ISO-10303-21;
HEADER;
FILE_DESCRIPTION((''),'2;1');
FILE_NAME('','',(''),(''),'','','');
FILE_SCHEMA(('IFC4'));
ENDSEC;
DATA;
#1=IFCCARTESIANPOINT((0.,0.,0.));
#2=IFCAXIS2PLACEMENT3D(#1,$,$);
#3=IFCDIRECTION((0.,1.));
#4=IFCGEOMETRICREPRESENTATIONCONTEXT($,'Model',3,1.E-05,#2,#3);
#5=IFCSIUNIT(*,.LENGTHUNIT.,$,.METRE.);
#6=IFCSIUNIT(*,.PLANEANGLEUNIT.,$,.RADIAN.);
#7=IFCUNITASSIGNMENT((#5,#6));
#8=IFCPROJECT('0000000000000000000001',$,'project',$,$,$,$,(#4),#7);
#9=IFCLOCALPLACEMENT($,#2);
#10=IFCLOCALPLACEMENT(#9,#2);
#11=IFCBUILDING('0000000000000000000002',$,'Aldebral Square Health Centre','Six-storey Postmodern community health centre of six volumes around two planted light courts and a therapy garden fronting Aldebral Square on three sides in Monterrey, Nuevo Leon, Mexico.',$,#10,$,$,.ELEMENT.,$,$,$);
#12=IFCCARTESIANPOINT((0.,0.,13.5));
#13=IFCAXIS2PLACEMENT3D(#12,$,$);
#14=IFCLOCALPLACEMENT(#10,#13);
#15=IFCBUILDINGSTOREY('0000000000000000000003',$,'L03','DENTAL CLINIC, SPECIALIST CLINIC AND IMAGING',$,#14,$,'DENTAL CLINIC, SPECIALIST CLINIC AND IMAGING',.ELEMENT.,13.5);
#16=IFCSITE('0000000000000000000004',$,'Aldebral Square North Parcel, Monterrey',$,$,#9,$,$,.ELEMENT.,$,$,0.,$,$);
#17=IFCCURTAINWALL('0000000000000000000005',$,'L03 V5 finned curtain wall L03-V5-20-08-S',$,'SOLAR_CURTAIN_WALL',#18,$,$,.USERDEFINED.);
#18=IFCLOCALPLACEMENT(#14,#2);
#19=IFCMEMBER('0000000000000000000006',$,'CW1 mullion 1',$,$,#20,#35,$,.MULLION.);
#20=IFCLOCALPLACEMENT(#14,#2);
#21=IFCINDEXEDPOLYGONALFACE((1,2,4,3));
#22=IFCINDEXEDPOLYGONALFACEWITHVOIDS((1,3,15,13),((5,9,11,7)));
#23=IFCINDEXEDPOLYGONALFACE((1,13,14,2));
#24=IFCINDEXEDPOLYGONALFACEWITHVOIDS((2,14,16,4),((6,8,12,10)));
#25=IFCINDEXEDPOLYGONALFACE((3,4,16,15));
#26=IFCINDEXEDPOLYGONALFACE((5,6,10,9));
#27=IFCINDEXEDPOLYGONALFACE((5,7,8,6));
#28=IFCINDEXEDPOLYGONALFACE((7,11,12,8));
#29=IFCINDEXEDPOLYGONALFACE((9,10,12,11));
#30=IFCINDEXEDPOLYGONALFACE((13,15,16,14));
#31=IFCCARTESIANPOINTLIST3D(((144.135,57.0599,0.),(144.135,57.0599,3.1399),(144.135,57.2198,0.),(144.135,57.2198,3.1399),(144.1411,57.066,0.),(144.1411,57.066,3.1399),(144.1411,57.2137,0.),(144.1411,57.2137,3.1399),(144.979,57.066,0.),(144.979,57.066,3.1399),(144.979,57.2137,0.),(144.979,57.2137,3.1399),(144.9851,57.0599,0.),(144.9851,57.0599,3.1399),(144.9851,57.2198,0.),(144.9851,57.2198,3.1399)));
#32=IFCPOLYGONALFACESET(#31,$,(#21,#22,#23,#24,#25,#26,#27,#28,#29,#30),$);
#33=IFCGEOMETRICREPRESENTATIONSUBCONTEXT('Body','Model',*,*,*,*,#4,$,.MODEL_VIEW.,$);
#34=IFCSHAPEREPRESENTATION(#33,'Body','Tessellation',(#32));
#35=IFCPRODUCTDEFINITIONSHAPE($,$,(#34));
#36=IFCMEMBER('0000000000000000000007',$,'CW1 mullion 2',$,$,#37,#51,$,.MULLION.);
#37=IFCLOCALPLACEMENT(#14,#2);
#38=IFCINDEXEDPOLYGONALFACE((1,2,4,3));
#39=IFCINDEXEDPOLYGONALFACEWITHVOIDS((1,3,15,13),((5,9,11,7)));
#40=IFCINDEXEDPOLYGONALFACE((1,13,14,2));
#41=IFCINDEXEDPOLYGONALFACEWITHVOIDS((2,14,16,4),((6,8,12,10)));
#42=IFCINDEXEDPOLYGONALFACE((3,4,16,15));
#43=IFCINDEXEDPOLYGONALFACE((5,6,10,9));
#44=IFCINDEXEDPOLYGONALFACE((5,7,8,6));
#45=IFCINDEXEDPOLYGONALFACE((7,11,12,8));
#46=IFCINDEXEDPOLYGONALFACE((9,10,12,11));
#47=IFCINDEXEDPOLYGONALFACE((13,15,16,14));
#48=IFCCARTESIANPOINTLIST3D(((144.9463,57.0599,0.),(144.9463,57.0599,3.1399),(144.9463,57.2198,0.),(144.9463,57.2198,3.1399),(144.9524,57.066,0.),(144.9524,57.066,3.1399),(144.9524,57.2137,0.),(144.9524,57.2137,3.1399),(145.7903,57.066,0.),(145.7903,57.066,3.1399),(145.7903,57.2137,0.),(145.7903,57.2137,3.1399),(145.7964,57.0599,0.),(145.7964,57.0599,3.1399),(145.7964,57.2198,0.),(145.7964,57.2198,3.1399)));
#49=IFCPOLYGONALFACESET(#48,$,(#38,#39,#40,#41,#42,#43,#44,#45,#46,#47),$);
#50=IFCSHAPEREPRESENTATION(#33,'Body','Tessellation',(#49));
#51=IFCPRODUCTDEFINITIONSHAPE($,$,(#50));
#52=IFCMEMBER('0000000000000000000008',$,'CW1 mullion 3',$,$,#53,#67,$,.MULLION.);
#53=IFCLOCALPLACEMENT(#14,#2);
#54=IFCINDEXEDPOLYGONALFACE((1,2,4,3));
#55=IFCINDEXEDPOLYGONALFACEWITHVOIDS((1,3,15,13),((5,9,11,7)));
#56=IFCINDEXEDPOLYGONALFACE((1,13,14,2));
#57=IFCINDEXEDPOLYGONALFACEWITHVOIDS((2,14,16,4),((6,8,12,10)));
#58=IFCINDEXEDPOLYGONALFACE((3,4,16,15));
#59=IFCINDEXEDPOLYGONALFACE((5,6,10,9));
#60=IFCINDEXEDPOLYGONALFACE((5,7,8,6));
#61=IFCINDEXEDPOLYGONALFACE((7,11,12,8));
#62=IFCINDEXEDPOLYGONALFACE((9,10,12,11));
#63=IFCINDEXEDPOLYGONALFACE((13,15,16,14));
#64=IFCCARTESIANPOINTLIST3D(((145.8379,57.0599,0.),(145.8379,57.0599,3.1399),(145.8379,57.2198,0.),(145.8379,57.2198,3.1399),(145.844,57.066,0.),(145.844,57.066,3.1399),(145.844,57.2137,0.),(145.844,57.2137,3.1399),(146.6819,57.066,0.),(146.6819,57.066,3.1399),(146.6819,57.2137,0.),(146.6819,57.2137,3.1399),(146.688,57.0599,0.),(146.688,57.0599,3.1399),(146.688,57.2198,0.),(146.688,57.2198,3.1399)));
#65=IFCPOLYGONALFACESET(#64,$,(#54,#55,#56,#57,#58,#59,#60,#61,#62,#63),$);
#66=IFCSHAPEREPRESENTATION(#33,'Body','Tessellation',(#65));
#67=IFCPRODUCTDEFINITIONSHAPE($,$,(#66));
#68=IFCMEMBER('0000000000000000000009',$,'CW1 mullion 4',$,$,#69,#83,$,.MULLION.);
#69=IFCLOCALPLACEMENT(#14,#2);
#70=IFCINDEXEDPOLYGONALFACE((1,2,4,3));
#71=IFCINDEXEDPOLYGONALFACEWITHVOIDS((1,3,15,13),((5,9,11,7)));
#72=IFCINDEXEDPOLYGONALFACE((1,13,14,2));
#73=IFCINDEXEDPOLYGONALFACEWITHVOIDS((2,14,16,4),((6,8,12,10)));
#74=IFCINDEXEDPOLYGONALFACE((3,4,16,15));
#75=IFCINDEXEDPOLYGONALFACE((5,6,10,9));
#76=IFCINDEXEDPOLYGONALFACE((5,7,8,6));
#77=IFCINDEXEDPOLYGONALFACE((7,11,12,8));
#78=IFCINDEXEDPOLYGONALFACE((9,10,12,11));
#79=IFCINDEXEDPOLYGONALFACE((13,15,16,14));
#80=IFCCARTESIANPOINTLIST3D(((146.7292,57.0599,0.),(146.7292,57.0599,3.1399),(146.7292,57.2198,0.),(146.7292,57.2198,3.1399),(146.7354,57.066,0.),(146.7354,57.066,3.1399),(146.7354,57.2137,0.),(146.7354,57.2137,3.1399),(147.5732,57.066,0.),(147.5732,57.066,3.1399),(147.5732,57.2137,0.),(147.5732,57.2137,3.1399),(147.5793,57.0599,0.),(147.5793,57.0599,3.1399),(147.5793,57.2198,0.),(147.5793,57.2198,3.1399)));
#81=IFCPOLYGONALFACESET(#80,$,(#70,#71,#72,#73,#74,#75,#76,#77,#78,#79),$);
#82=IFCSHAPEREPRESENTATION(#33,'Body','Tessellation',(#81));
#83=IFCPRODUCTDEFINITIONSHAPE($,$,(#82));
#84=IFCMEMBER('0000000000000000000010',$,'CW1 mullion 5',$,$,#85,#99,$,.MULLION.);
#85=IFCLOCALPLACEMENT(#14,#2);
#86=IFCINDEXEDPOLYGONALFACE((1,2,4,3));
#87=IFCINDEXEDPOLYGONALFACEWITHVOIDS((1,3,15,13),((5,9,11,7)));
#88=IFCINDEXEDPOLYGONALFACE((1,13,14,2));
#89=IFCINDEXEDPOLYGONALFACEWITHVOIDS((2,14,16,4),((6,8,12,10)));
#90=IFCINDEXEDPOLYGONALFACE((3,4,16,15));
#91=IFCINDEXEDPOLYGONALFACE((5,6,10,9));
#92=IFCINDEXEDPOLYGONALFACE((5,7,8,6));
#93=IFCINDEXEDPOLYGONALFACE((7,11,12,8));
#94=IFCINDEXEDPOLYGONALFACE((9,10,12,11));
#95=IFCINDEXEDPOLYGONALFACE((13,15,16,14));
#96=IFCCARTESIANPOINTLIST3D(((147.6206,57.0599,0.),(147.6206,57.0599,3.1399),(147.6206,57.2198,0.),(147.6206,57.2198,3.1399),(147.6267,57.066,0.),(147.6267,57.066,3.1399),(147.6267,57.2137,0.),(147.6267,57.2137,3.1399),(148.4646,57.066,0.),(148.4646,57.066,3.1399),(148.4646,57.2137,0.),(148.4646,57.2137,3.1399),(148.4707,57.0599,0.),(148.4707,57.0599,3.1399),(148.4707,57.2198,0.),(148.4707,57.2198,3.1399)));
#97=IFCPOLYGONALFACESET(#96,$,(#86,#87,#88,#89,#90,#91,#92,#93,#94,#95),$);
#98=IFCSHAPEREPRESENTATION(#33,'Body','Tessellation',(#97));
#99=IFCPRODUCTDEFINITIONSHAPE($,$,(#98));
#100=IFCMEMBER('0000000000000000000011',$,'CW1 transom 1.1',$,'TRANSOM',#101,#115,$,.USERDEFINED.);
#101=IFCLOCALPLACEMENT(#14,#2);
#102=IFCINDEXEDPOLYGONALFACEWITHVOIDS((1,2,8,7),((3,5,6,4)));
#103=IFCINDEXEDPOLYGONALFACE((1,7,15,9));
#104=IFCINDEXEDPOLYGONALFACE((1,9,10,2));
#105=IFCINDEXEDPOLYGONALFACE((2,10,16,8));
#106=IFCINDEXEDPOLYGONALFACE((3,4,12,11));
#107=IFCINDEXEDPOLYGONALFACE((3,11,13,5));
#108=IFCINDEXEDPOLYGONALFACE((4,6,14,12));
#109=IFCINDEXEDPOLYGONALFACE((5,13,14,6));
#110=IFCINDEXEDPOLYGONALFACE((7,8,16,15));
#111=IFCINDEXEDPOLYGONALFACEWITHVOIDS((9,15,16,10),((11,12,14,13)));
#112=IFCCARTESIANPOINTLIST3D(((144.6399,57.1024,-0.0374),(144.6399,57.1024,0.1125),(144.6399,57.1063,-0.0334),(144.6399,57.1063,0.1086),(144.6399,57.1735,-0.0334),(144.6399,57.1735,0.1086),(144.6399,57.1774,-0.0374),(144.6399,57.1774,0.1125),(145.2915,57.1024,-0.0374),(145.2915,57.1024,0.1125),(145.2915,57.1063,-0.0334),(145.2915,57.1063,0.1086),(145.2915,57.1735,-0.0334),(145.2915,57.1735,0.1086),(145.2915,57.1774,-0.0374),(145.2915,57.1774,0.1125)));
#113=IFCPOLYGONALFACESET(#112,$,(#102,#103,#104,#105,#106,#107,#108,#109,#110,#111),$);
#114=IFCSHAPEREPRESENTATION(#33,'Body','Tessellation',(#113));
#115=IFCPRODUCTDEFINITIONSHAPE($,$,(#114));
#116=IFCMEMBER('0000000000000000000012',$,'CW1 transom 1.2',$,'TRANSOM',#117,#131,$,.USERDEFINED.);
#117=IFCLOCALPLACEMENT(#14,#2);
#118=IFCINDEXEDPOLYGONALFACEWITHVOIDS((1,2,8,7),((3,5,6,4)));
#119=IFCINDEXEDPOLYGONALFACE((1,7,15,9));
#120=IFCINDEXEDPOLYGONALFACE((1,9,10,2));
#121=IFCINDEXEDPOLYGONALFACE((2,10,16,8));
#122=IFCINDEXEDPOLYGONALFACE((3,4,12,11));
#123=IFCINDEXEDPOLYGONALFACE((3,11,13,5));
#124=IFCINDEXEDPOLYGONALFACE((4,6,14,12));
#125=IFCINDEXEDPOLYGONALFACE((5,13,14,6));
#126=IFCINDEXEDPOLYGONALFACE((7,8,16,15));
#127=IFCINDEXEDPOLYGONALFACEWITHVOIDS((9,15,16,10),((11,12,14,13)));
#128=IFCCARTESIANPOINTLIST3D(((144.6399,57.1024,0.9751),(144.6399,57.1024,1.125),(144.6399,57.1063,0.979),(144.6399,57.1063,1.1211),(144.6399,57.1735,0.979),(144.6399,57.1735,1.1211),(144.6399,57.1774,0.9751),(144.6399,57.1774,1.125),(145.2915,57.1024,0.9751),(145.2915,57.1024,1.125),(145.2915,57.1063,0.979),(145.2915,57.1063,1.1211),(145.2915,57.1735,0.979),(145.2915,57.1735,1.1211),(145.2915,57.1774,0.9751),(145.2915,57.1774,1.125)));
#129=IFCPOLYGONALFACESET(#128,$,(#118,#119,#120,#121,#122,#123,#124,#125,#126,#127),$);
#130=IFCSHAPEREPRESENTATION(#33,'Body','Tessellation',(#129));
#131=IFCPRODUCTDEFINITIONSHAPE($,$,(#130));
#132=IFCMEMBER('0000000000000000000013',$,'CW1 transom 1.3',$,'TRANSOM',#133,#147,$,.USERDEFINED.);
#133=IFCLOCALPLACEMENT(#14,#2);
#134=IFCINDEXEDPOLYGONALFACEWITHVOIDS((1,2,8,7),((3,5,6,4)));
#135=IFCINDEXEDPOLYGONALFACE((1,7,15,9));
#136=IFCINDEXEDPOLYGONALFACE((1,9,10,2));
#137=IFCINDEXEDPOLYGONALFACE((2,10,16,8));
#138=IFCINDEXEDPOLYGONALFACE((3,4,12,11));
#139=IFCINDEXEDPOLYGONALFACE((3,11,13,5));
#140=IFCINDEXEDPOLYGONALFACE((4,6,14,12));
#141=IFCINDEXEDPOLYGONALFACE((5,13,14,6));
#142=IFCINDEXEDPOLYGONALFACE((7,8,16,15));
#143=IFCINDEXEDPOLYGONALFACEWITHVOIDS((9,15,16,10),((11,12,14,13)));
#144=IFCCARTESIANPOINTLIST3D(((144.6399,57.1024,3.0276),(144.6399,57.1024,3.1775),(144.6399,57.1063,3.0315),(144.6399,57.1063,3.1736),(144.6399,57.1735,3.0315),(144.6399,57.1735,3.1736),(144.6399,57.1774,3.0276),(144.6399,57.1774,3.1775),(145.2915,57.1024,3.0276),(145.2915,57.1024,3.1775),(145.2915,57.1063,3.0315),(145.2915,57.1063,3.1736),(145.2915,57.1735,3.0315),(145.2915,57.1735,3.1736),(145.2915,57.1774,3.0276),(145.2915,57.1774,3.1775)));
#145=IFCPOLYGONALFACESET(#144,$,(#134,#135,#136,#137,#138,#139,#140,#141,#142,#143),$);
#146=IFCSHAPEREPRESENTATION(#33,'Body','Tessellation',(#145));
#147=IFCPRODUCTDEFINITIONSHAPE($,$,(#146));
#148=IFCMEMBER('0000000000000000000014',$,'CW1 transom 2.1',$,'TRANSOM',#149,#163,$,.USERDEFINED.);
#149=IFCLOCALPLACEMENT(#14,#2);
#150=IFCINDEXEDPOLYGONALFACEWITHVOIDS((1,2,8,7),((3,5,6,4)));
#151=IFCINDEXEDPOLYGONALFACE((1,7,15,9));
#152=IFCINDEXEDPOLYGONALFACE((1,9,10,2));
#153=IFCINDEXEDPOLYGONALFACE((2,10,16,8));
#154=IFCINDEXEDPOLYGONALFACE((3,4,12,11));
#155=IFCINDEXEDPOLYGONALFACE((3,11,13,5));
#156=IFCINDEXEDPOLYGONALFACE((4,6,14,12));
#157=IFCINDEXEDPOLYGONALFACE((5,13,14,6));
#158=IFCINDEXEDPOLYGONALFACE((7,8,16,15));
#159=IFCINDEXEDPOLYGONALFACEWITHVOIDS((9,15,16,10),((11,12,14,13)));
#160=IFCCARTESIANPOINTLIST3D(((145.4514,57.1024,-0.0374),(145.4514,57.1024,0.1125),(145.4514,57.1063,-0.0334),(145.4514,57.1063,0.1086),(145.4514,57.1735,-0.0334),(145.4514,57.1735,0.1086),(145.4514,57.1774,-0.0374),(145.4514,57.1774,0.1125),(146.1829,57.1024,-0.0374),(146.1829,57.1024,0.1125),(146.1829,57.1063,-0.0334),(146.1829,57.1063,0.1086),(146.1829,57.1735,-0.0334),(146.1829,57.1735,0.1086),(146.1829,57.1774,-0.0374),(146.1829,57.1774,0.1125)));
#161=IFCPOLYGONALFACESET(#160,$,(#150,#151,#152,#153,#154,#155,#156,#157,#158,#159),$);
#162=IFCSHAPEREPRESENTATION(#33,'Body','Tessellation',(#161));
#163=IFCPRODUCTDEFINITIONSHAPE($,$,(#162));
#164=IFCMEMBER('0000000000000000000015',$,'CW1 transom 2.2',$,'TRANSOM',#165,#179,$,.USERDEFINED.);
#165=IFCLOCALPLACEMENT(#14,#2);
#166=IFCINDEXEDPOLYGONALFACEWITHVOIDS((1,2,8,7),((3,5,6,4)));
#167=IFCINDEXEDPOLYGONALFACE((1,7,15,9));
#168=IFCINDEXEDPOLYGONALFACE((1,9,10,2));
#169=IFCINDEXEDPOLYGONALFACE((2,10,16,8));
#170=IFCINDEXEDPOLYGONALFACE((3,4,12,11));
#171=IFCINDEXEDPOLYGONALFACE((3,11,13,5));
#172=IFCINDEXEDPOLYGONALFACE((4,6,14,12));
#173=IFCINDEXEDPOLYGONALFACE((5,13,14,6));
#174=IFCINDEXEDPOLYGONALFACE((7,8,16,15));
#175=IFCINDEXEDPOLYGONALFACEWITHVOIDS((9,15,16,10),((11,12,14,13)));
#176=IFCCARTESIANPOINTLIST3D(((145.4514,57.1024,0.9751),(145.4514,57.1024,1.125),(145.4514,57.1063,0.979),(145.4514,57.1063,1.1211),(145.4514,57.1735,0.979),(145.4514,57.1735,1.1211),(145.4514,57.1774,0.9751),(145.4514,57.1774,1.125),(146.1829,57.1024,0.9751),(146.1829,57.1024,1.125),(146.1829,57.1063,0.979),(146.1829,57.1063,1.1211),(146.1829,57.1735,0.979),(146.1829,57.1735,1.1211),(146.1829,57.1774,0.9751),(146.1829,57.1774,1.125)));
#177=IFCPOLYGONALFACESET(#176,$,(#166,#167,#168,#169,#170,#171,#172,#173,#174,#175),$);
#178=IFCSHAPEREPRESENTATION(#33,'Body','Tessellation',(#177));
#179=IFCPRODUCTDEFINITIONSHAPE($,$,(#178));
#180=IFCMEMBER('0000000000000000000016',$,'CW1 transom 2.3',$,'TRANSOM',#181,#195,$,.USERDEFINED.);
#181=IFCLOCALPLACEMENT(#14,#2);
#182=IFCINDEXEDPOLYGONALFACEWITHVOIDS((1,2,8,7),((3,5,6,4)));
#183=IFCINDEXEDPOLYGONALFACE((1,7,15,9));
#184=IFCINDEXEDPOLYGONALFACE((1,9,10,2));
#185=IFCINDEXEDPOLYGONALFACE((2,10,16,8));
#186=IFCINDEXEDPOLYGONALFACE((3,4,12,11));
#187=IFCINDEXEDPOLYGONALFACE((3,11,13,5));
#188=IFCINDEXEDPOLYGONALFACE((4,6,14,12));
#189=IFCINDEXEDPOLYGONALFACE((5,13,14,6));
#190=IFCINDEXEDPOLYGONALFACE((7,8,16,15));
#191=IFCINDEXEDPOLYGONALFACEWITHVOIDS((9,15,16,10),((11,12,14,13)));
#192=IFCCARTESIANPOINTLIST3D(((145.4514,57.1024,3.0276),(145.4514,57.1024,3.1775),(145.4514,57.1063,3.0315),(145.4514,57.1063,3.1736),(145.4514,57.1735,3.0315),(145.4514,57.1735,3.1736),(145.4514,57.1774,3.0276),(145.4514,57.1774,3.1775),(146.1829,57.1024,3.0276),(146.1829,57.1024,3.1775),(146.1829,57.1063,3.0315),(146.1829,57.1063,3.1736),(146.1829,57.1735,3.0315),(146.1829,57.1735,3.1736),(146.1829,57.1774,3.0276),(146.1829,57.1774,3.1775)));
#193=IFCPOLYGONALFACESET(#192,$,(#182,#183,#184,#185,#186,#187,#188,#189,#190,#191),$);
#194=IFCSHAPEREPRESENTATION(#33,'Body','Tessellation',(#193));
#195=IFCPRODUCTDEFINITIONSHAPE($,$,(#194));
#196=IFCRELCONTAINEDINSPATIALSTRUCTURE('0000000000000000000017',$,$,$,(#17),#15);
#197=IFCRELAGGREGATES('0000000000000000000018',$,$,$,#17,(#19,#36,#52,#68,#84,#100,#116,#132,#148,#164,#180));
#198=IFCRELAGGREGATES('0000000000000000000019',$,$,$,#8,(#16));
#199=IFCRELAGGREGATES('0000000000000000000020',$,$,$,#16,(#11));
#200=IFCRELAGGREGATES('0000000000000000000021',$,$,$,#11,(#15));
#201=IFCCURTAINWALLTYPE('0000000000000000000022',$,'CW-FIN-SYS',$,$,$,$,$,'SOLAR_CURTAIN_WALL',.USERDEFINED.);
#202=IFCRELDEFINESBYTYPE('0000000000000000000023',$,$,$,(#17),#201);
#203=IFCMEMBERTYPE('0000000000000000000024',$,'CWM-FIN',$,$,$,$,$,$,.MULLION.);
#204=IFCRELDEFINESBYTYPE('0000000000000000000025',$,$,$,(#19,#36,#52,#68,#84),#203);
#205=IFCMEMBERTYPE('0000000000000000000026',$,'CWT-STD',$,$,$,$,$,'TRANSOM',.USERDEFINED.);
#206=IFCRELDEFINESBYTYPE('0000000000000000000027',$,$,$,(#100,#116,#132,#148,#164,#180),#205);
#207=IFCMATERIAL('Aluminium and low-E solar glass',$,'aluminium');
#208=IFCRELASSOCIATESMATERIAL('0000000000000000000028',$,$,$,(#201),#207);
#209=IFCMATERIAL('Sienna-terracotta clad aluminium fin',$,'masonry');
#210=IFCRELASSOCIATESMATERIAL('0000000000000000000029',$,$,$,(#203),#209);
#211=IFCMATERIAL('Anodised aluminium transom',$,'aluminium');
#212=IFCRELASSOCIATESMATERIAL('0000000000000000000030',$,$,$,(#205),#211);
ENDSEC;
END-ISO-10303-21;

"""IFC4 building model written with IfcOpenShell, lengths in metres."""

from ifc_helpers import new_model, si_unit, direction, frame, origin, origin_2d, place, context, subcontext, project, spatial, hollow_rectangle, extrude, material, material_profile, profile_set, type_object, element, aggregate, save


model = new_model("IFC4")

# Units and contexts
model_context = context("Model", 3, precision=1e-05, world=origin(), true_north=direction((0.0, 1.0)))
body_context = subcontext(model_context, "Body", "Model", "MODEL_VIEW")
ifc_project = project(units=[si_unit("LENGTHUNIT", "METRE"), si_unit("PLANEANGLEUNIT", "RADIAN")], contexts=[model_context])

# Site, building, storey
site_placement = place(None, origin())
site = spatial("IfcSite", under=ifc_project, at=site_placement, Name="Aldebral Square North Parcel, Monterrey", CompositionType="ELEMENT", RefElevation=0.0)
building_placement = place(site_placement, origin())
building = spatial("IfcBuilding", under=site, at=building_placement, Name="Aldebral Square Health Centre", Description="Six-storey Postmodern community health centre of six volumes around two planted light courts and a therapy garden fronting Aldebral Square on three sides in Monterrey, Nuevo Leon, Mexico.", CompositionType="ELEMENT")
storey_placement = place(building_placement, frame((0.0, 0.0, 13.5)))
storey = spatial("IfcBuildingStorey", under=building, at=storey_placement, Name="L03", Description="DENTAL CLINIC, SPECIALIST CLINIC AND IMAGING", LongName="DENTAL CLINIC, SPECIALIST CLINIC AND IMAGING", CompositionType="ELEMENT", Elevation=13.5)

# Curtain wall, members
ifc_material_1 = material(Name="Aluminium and low-E solar glass", Category="aluminium")
curtain_wall_type = type_object("IfcCurtainWallType", Name="CW-FIN-SYS", ElementType="SOLAR_CURTAIN_WALL", PredefinedType="USERDEFINED", material=ifc_material_1)
curtain_wall_placement = place(storey_placement, origin())
curtain_wall = element("IfcCurtainWall", 1, at=curtain_wall_placement, inside=storey, type_object=curtain_wall_type, Name="L03 V5 finned curtain wall L03-V5-20-08-S", ObjectType="SOLAR_CURTAIN_WALL", PredefinedType="USERDEFINED")
ifc_material_2 = material(Name="Sienna-terracotta clad aluminium fin", Category="masonry")
ifc_material_profile_1 = material_profile(ifc_material_2, hollow_rectangle(XDim=0.1599, YDim=0.8501, WallThickness=0.0061, at=origin_2d()), Name="FIN 160x850x6")
ifc_profile_set_1 = profile_set([ifc_material_profile_1], Name="Sienna-terracotta clad aluminium fin")
member_type_1 = type_object("IfcMemberType", Name="CWM-FIN", PredefinedType="MULLION", material=ifc_profile_set_1)
member_1_placement = place(storey_placement, frame((144.5601, 57.1399, 0.0), z_axis=(0.0, 0.0, 1.0), x_axis=(0.0, 1.0, 0.0)))
member_1 = element("IfcMember", 2, at=member_1_placement, type_object=member_type_1, Name="CW1 mullion 1", PredefinedType="MULLION", context=body_context, shape_type="SweptSolid", body=[
    extrude(hollow_rectangle(XDim=0.1599, YDim=0.8501, WallThickness=0.0061, at=origin_2d()), origin(), (0.0, 0.0, 1.0), 3.1399),
])
member_2_placement = place(storey_placement, frame((145.3713, 57.1399, 0.0), z_axis=(0.0, 0.0, 1.0), x_axis=(0.0, 1.0, 0.0)))
member_2 = element("IfcMember", 3, at=member_2_placement, type_object=member_type_1, Name="CW1 mullion 2", PredefinedType="MULLION", context=body_context, shape_type="SweptSolid", body=[
    extrude(hollow_rectangle(XDim=0.1599, YDim=0.8501, WallThickness=0.0061, at=origin_2d()), origin(), (0.0, 0.0, 1.0), 3.1399),
])
member_3_placement = place(storey_placement, frame((146.2629, 57.1399, 0.0), z_axis=(0.0, 0.0, 1.0), x_axis=(0.0, 1.0, 0.0)))
member_3 = element("IfcMember", 4, at=member_3_placement, type_object=member_type_1, Name="CW1 mullion 3", PredefinedType="MULLION", context=body_context, shape_type="SweptSolid", body=[
    extrude(hollow_rectangle(XDim=0.1599, YDim=0.8501, WallThickness=0.0061, at=origin_2d()), origin(), (0.0, 0.0, 1.0), 3.1399),
])
member_4_placement = place(storey_placement, frame((147.1543, 57.1399, 0.0), z_axis=(0.0, 0.0, 1.0), x_axis=(0.0, 1.0, 0.0)))
member_4 = element("IfcMember", 5, at=member_4_placement, type_object=member_type_1, Name="CW1 mullion 4", PredefinedType="MULLION", context=body_context, shape_type="SweptSolid", body=[
    extrude(hollow_rectangle(XDim=0.1599, YDim=0.8501, WallThickness=0.0061, at=origin_2d()), origin(), (0.0, 0.0, 1.0), 3.1399),
])
member_5_placement = place(storey_placement, frame((148.0457, 57.1399, 0.0), z_axis=(0.0, 0.0, 1.0), x_axis=(0.0, 1.0, 0.0)))
member_5 = element("IfcMember", 6, at=member_5_placement, type_object=member_type_1, Name="CW1 mullion 5", PredefinedType="MULLION", context=body_context, shape_type="SweptSolid", body=[
    extrude(hollow_rectangle(XDim=0.1599, YDim=0.8501, WallThickness=0.0061, at=origin_2d()), origin(), (0.0, 0.0, 1.0), 3.1399),
])
ifc_material_3 = material(Name="Anodised aluminium transom", Category="aluminium")
ifc_material_profile_2 = material_profile(ifc_material_3, hollow_rectangle(XDim=0.075, YDim=0.1499, WallThickness=0.0039, at=origin_2d()), Name="CWT 75x150x4")
ifc_profile_set_2 = profile_set([ifc_material_profile_2], Name="Anodised aluminium transom")
member_type_2 = type_object("IfcMemberType", Name="CWT-STD", ElementType="TRANSOM", PredefinedType="USERDEFINED", material=ifc_profile_set_2)
member_6_placement = place(storey_placement, frame((144.6399, 57.1399, 0.0376), z_axis=(1.0, 0.0, 0.0), x_axis=(0.0, 1.0, 0.0)))
member_6 = element("IfcMember", 7, at=member_6_placement, type_object=member_type_2, Name="CW1 transom 1.1", ObjectType="TRANSOM", PredefinedType="USERDEFINED", context=body_context, shape_type="SweptSolid", body=[
    extrude(hollow_rectangle(XDim=0.075, YDim=0.1499, WallThickness=0.0039, at=origin_2d()), origin(), (0.0, 0.0, 1.0), 0.6516),
])
member_7_placement = place(storey_placement, frame((144.6399, 57.1399, 1.05), z_axis=(1.0, 0.0, 0.0), x_axis=(0.0, 1.0, 0.0)))
member_7 = element("IfcMember", 8, at=member_7_placement, type_object=member_type_2, Name="CW1 transom 1.2", ObjectType="TRANSOM", PredefinedType="USERDEFINED", context=body_context, shape_type="SweptSolid", body=[
    extrude(hollow_rectangle(XDim=0.075, YDim=0.1499, WallThickness=0.0039, at=origin_2d()), origin(), (0.0, 0.0, 1.0), 0.6516),
])
member_8_placement = place(storey_placement, frame((144.6399, 57.1399, 3.1025), z_axis=(1.0, 0.0, 0.0), x_axis=(0.0, 1.0, 0.0)))
member_8 = element("IfcMember", 9, at=member_8_placement, type_object=member_type_2, Name="CW1 transom 1.3", ObjectType="TRANSOM", PredefinedType="USERDEFINED", context=body_context, shape_type="SweptSolid", body=[
    extrude(hollow_rectangle(XDim=0.075, YDim=0.1499, WallThickness=0.0039, at=origin_2d()), origin(), (0.0, 0.0, 1.0), 0.6516),
])
member_9_placement = place(storey_placement, frame((145.4514, 57.1399, 0.0376), z_axis=(1.0, 0.0, 0.0), x_axis=(0.0, 1.0, 0.0)))
member_9 = element("IfcMember", 10, at=member_9_placement, type_object=member_type_2, Name="CW1 transom 2.1", ObjectType="TRANSOM", PredefinedType="USERDEFINED", context=body_context, shape_type="SweptSolid", body=[
    extrude(hollow_rectangle(XDim=0.075, YDim=0.1499, WallThickness=0.0039, at=origin_2d()), origin(), (0.0, 0.0, 1.0), 0.7314),
])
member_10_placement = place(storey_placement, frame((145.4514, 57.1399, 1.05), z_axis=(1.0, 0.0, 0.0), x_axis=(0.0, 1.0, 0.0)))
member_10 = element("IfcMember", 11, at=member_10_placement, type_object=member_type_2, Name="CW1 transom 2.2", ObjectType="TRANSOM", PredefinedType="USERDEFINED", context=body_context, shape_type="SweptSolid", body=[
    extrude(hollow_rectangle(XDim=0.075, YDim=0.1499, WallThickness=0.0039, at=origin_2d()), origin(), (0.0, 0.0, 1.0), 0.7314),
])
member_11_placement = place(storey_placement, frame((145.4514, 57.1399, 3.1025), z_axis=(1.0, 0.0, 0.0), x_axis=(0.0, 1.0, 0.0)))
member_11 = element("IfcMember", 12, at=member_11_placement, type_object=member_type_2, Name="CW1 transom 2.3", ObjectType="TRANSOM", PredefinedType="USERDEFINED", context=body_context, shape_type="SweptSolid", body=[
    extrude(hollow_rectangle(XDim=0.075, YDim=0.1499, WallThickness=0.0039, at=origin_2d()), origin(), (0.0, 0.0, 1.0), 0.7314),
])
aggregate(curtain_wall, [member_1, member_2, member_3, member_4, member_5, member_6, member_7, member_8, member_9, member_10, member_11])

save(model, "model.ifc")
